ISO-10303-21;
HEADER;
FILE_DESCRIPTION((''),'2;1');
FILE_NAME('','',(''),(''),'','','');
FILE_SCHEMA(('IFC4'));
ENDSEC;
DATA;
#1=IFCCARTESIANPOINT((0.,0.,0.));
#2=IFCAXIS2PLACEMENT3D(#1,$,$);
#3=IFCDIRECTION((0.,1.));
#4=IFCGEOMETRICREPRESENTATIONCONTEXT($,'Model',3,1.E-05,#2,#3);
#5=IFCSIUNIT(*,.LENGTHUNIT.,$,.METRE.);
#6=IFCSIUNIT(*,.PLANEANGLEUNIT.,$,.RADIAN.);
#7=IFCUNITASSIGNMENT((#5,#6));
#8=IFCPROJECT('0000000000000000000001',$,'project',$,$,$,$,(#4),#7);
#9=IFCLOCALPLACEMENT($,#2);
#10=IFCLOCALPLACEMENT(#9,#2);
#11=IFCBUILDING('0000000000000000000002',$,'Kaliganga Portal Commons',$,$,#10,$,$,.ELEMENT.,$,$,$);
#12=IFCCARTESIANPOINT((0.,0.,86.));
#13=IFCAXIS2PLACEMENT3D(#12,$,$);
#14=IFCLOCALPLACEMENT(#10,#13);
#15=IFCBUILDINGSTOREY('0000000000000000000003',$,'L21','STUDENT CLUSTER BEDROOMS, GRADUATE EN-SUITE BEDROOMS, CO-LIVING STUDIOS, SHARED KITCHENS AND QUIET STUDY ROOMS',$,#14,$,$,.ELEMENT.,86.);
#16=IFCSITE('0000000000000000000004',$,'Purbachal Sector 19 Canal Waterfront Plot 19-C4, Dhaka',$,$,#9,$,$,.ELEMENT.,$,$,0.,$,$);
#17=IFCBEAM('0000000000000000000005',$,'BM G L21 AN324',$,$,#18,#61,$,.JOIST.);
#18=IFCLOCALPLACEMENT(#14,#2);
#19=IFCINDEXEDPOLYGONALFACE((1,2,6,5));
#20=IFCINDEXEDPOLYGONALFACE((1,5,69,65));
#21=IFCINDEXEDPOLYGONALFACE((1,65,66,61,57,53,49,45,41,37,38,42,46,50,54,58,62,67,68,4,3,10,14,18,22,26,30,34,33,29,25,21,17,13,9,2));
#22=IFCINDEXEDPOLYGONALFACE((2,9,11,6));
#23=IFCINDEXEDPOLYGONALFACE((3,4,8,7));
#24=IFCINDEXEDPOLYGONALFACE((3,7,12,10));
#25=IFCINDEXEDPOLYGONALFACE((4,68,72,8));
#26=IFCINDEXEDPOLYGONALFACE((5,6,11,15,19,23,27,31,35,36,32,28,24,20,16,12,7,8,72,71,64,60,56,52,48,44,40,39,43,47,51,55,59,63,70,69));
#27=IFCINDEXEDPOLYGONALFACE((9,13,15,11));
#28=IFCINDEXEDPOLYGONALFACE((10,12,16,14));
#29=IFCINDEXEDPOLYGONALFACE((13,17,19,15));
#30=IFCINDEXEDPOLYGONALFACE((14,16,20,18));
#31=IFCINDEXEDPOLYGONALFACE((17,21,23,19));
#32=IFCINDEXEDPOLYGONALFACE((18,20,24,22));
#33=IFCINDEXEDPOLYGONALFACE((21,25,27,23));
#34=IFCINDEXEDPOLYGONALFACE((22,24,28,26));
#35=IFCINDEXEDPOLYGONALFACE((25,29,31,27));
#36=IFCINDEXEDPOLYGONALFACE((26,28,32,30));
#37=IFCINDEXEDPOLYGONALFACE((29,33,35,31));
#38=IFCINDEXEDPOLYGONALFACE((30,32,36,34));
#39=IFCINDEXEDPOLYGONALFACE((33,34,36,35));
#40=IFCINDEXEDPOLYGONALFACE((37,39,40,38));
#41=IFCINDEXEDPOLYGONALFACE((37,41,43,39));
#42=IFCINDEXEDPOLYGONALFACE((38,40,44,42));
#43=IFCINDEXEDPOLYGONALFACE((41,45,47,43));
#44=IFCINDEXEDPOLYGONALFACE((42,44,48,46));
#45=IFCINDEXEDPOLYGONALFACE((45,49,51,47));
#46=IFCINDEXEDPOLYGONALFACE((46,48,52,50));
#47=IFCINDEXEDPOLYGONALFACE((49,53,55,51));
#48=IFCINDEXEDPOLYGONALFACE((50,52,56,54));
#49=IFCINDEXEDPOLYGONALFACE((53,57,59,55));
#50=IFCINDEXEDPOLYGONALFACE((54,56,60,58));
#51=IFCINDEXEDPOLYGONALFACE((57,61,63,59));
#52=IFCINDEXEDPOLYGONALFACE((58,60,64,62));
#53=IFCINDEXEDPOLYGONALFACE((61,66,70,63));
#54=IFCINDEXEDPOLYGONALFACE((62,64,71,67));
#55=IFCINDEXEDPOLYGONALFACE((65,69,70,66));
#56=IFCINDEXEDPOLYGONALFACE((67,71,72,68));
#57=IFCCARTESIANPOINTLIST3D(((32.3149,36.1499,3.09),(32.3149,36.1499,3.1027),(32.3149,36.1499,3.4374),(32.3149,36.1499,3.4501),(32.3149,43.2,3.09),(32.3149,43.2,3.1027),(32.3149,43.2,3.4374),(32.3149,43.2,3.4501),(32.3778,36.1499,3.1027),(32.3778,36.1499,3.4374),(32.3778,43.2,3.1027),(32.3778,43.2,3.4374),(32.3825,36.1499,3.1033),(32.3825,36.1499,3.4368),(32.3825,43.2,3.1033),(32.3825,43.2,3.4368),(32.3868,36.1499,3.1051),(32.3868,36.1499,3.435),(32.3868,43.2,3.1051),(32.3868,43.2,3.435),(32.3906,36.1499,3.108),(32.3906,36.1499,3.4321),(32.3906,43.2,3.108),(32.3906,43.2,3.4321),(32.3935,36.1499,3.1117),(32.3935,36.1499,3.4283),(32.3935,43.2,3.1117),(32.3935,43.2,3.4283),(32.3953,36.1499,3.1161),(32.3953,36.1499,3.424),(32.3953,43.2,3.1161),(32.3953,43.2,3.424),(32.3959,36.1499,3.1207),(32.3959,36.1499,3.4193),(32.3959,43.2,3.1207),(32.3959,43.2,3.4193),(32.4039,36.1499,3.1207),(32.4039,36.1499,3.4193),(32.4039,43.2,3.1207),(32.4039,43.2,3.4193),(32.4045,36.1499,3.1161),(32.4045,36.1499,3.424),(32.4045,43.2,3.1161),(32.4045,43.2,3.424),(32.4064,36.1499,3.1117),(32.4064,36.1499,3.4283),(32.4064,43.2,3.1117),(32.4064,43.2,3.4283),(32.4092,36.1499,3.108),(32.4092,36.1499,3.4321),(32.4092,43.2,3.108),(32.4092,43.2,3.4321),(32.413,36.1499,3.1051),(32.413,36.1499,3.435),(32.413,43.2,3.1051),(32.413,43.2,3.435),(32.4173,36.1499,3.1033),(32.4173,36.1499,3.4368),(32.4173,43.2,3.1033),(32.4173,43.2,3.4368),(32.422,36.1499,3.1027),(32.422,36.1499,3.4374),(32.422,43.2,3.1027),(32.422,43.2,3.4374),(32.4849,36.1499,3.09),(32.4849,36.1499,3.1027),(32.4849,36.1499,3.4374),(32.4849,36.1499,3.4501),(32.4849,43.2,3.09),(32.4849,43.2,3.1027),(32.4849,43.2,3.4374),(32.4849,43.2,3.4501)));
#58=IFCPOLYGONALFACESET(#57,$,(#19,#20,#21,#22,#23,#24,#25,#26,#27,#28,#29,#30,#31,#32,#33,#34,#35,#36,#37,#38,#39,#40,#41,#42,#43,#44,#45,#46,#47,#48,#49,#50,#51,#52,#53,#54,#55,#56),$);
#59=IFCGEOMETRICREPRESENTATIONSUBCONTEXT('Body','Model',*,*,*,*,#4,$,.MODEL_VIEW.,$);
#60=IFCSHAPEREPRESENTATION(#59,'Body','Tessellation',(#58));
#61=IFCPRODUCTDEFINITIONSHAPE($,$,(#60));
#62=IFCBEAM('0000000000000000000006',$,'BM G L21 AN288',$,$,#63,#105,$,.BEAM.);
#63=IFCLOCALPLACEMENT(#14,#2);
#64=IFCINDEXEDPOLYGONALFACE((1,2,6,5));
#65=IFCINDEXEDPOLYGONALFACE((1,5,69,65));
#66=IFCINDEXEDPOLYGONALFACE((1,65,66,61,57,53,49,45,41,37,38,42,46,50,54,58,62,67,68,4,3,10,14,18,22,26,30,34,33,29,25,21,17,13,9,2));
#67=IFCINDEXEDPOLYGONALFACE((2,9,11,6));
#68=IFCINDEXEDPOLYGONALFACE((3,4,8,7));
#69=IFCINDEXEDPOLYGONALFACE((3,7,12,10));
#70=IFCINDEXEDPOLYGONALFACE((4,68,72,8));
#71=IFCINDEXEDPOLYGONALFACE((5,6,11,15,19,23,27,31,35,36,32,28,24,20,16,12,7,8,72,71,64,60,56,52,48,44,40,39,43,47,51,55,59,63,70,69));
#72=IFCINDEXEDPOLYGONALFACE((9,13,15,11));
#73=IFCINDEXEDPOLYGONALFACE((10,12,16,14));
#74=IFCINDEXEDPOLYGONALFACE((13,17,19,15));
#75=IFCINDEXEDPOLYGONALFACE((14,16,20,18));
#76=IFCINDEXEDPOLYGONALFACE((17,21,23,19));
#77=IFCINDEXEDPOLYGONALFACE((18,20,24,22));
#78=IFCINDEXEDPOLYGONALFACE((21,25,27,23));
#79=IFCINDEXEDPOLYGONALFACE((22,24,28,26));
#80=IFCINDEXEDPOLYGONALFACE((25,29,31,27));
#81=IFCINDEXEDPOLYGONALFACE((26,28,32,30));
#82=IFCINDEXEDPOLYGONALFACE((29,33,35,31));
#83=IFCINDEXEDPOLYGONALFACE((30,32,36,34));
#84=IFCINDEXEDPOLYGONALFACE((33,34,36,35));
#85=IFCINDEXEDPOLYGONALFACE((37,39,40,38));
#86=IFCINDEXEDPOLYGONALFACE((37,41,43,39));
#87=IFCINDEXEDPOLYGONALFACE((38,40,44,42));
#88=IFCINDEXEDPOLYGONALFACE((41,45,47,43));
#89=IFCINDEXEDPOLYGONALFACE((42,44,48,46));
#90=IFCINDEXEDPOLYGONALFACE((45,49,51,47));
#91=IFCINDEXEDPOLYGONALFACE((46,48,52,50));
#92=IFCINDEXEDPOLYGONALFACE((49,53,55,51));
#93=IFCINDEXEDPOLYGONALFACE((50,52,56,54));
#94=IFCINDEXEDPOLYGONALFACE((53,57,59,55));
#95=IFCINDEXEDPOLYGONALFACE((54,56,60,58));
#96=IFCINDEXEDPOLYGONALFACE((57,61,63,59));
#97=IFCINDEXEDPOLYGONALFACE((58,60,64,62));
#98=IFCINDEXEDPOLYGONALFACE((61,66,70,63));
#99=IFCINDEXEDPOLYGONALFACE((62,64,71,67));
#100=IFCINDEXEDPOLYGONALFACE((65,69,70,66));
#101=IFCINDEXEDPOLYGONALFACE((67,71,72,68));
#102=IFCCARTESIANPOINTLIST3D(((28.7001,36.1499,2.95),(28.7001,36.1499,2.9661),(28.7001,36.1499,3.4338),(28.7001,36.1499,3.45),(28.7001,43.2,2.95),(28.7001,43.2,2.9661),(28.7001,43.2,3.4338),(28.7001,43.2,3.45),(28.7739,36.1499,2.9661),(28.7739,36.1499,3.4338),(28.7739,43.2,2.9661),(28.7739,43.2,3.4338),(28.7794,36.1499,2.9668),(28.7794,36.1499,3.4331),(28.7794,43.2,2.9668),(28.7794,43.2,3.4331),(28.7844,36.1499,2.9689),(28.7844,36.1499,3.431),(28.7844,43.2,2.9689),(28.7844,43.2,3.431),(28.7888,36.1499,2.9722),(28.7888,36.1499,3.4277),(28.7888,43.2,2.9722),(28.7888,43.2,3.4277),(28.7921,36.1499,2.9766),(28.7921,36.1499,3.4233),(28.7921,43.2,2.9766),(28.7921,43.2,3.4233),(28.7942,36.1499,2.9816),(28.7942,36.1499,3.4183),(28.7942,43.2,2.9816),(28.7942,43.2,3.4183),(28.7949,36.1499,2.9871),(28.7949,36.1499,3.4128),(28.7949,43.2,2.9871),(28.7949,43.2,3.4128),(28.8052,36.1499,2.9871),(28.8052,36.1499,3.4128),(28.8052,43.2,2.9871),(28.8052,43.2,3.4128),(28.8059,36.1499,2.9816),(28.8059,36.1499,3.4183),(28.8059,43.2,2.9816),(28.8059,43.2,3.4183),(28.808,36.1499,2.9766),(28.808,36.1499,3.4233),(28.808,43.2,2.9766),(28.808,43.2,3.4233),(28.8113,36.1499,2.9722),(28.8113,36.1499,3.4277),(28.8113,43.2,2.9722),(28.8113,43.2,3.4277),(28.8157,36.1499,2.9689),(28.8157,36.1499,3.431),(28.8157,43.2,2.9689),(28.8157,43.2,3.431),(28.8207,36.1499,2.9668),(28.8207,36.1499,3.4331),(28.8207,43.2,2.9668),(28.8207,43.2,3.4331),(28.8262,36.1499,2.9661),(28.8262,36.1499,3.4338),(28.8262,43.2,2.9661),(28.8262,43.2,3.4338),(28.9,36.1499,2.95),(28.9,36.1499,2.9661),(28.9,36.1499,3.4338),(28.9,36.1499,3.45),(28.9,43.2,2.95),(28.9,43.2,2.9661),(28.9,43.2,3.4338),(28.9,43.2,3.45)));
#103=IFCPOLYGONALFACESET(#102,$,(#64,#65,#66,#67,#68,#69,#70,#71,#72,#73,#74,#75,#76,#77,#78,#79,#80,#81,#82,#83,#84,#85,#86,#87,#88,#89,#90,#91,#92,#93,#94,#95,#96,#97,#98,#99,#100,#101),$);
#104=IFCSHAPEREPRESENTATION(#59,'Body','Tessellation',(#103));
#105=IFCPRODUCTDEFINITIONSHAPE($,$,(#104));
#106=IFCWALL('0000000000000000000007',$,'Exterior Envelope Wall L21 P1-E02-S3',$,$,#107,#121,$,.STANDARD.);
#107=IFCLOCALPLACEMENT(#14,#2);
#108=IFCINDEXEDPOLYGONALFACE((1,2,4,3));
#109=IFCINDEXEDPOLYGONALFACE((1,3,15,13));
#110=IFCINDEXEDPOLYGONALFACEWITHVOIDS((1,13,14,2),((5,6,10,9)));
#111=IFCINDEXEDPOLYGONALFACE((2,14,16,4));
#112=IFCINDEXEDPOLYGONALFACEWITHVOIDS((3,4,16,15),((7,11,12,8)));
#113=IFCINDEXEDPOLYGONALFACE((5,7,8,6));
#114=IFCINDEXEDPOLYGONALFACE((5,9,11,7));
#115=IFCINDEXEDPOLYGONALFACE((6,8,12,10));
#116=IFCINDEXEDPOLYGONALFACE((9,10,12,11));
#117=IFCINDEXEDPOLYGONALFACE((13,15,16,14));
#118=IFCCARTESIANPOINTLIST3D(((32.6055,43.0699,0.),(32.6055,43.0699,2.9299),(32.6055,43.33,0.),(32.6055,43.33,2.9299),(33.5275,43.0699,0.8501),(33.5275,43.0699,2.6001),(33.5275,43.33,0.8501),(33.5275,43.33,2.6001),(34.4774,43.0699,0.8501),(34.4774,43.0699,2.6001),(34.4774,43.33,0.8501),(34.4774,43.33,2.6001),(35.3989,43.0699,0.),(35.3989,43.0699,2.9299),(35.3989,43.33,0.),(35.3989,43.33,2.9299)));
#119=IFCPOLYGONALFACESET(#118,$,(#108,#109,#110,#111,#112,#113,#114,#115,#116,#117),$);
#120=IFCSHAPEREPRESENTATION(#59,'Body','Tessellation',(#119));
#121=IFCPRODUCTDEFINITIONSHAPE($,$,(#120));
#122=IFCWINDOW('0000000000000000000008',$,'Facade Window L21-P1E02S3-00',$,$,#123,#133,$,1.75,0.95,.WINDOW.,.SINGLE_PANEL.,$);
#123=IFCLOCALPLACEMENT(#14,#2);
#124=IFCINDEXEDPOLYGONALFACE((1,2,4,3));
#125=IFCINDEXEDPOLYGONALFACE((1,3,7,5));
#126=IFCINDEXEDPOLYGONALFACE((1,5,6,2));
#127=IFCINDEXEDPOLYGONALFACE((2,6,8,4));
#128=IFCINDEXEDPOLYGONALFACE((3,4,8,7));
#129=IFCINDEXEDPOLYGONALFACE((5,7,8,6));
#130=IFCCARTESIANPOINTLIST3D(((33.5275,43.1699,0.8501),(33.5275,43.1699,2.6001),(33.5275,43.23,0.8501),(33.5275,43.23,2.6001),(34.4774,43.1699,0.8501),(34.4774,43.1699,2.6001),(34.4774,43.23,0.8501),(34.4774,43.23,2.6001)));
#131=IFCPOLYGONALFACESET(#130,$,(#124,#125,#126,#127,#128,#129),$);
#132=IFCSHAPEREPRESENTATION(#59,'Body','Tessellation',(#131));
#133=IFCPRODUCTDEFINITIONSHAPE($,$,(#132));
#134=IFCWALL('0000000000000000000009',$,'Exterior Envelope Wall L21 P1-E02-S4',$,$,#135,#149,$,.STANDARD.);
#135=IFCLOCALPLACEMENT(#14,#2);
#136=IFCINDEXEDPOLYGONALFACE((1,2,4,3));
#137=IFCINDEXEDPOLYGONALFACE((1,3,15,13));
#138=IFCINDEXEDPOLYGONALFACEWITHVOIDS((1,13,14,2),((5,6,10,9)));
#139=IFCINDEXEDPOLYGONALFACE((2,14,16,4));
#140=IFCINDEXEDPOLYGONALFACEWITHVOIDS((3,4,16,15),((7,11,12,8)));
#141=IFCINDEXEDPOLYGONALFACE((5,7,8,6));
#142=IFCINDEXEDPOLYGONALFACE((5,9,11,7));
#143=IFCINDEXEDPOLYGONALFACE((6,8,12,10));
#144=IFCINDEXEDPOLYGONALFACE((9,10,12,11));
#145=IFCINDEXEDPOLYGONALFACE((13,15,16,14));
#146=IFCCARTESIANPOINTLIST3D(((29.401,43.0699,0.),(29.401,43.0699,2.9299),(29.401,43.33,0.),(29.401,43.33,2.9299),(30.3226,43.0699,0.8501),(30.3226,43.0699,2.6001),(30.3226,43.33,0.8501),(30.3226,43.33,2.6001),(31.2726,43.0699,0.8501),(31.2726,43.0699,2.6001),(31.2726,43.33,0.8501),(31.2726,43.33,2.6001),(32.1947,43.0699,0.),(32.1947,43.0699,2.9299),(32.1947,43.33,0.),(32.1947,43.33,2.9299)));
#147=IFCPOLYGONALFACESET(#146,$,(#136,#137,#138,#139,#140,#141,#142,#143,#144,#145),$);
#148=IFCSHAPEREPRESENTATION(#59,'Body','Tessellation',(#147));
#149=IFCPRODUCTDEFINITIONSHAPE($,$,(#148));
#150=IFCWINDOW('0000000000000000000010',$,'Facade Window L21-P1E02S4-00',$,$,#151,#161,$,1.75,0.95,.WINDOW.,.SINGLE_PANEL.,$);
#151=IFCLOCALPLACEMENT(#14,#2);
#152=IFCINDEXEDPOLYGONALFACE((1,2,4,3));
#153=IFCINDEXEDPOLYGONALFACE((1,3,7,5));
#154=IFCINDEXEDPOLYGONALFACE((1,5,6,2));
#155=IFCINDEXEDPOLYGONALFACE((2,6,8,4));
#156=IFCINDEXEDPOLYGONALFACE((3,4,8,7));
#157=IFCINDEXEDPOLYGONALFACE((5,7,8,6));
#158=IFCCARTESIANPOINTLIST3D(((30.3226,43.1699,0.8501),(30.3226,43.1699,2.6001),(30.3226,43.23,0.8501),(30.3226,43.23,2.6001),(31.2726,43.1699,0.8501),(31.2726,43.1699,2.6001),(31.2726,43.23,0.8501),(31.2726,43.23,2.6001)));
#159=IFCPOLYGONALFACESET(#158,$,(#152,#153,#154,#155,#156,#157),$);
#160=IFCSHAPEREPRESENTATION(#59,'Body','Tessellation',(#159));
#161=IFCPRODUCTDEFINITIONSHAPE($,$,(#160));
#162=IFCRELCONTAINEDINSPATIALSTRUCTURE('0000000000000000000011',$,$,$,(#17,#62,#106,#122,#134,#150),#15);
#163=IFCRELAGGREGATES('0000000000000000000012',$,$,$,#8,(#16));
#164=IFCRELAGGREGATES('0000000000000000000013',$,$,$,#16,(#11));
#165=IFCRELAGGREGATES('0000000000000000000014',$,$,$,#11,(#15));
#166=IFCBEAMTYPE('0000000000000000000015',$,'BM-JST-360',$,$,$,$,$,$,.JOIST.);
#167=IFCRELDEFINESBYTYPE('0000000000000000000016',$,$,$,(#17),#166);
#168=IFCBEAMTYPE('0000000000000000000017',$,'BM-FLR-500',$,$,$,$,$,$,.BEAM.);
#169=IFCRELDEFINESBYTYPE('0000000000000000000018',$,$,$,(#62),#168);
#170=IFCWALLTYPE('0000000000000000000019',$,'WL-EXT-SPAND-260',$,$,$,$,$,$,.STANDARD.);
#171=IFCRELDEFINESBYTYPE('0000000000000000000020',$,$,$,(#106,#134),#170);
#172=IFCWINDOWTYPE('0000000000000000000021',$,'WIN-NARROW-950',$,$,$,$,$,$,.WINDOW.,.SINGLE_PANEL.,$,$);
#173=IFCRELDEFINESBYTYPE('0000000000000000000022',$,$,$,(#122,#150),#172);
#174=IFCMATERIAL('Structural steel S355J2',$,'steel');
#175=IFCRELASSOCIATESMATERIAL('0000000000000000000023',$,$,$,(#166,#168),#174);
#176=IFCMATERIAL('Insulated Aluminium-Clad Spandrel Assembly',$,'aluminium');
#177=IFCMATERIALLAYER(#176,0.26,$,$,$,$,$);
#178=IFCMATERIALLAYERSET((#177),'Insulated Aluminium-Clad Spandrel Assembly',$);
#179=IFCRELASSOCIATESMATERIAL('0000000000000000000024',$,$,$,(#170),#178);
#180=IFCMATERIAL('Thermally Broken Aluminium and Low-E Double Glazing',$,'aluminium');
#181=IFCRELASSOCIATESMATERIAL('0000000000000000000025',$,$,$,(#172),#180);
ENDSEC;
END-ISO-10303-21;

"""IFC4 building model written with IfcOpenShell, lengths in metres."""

from ifc_helpers import new_model, si_unit, direction, frame, frame_2d, origin, origin_2d, place, context, subcontext, project, spatial, rectangle, i_section, extrude, source, transform, mapped, material, layer, layer_set, material_profile, profile_set, type_object, element, fill, save


model = new_model("IFC4")

# Units and contexts
model_context = context("Model", 3, precision=1e-05, world=origin(), true_north=direction((0.0, 1.0)))
body_context = subcontext(model_context, "Body", "Model", "MODEL_VIEW")
ifc_project = project(units=[si_unit("LENGTHUNIT", "METRE"), si_unit("PLANEANGLEUNIT", "RADIAN")], contexts=[model_context])

# Site, building, storey
site_placement = place(None, origin())
site = spatial("IfcSite", under=ifc_project, at=site_placement, Name="Purbachal Sector 19 Canal Waterfront Plot 19-C4, Dhaka", CompositionType="ELEMENT", RefElevation=0.0)
building_placement = place(site_placement, origin())
building = spatial("IfcBuilding", under=site, at=building_placement, Name="Kaliganga Portal Commons", CompositionType="ELEMENT")
storey_placement = place(building_placement, frame((0.0, 0.0, 86.0)))
storey = spatial("IfcBuildingStorey", under=building, at=storey_placement, Name="L21", Description="STUDENT CLUSTER BEDROOMS, GRADUATE EN-SUITE BEDROOMS, CO-LIVING STUDIOS, SHARED KITCHENS AND QUIET STUDY ROOMS", CompositionType="ELEMENT", Elevation=86.0)

# Beams
ifc_material_1 = material(Name="Structural steel S355J2", Category="steel")
ifc_material_profile_1 = material_profile(ifc_material_1, i_section(OverallWidth=0.1699, OverallDepth=0.3601, WebThickness=0.0081, FlangeThickness=0.0127, FilletRadius=0.0181, at=origin_2d()), Name="IPE 360")
ifc_profile_set_1 = profile_set([ifc_material_profile_1], Name="Structural steel S355J2 wide-flange")
beam_type_1 = type_object("IfcBeamType", Name="BM-JST-360", PredefinedType="JOIST", material=ifc_profile_set_1)
shared_shape_1 = source(origin(), body_context, "Body", "SweptSolid", [
    extrude(i_section(OverallWidth=0.1699, OverallDepth=0.3601, WebThickness=0.0081, FlangeThickness=0.0127, FilletRadius=0.0181, at=origin_2d()), origin(), (0.0, 0.0, 1.0), 7.05),
])
beam_1_placement = place(storey_placement, frame((32.3999, 36.1499, 3.27), z_axis=(0.0, 1.0, 0.0), x_axis=(-1.0, 0.0, 0.0)))
element("IfcBeam", 1, at=beam_1_placement, inside=storey, type_object=beam_type_1, Name="BM G L21 AN324", PredefinedType="JOIST", context=body_context, shape_type="MappedRepresentation", body=[
    mapped(shared_shape_1, transform((0.0, 0.0, 0.0), x_axis=(1.0, 0.0, 0.0), y_axis=(0.0, 1.0, 0.0), z_axis=(0.0, 0.0, 1.0), scale=1.0)),
])
ifc_material_profile_2 = material_profile(ifc_material_1, i_section(OverallWidth=0.2, OverallDepth=0.5, WebThickness=0.0103, FlangeThickness=0.0161, FilletRadius=0.021, at=origin_2d()), Name="IPE 500")
ifc_profile_set_2 = profile_set([ifc_material_profile_2], Name="Structural steel S355J2 wide-flange")
beam_type_2 = type_object("IfcBeamType", Name="BM-FLR-500", PredefinedType="BEAM", material=ifc_profile_set_2)
shared_shape_2 = source(origin(), body_context, "Body", "SweptSolid", [
    extrude(i_section(OverallWidth=0.2, OverallDepth=0.5, WebThickness=0.0103, FlangeThickness=0.0161, FilletRadius=0.021, at=origin_2d()), origin(), (0.0, 0.0, 1.0), 7.05),
])
beam_2_placement = place(storey_placement, frame((28.8, 36.1499, 3.2), z_axis=(0.0, 1.0, 0.0), x_axis=(-1.0, 0.0, 0.0)))
element("IfcBeam", 2, at=beam_2_placement, inside=storey, type_object=beam_type_2, Name="BM G L21 AN288", PredefinedType="BEAM", context=body_context, shape_type="MappedRepresentation", body=[
    mapped(shared_shape_2, transform((0.0, 0.0, 0.0), x_axis=(1.0, 0.0, 0.0), y_axis=(0.0, 1.0, 0.0), z_axis=(0.0, 0.0, 1.0), scale=1.0)),
])

# Walls, openings, windows
ifc_material_2 = material(Name="Insulated Aluminium-Clad Spandrel Assembly", Category="aluminium")
ifc_layer_1 = layer(ifc_material_2, 0.26)
ifc_layer_set_1 = layer_set([ifc_layer_1], Name="Insulated Aluminium-Clad Spandrel Assembly")
wall_type_1 = type_object("IfcWallType", Name="WL-EXT-SPAND-260", PredefinedType="STANDARD", material=ifc_layer_set_1)
wall_1_placement = place(storey_placement, frame((32.6055, 43.2, 0.0), z_axis=(0.0, 0.0, 1.0), x_axis=(1.0, 0.0, 0.0)))
wall_1 = element("IfcWall", 3, at=wall_1_placement, inside=storey, type_object=wall_type_1, Name="Exterior Envelope Wall L21 P1-E02-S3", PredefinedType="STANDARD", context=body_context, shape_type="SweptSolid", body=[
    extrude(rectangle(XDim=2.7935, YDim=0.26, at=frame_2d((1.3967, 0.0))), origin(), (0.0, 0.0, 1.0), 2.9299),
])
opening_1_placement = place(wall_1_placement, frame((0.9219, 0.0, 0.8501)))
opening_1 = element("IfcOpeningElement", 4, at=opening_1_placement, cuts=wall_1, PredefinedType="OPENING", context=body_context, shape_type="SweptSolid", body=[
    extrude(rectangle(XDim=0.95, YDim=1.75, at=frame_2d((0.4751, 0.875))), frame((0.0, 0.1401, 0.0), z_axis=(0.0, -1.0, 0.0), x_axis=(1.0, 0.0, 0.0)), (0.0, 0.0, 1.0), 0.28),
])
ifc_material_3 = material(Name="Thermally Broken Aluminium and Low-E Double Glazing", Category="aluminium")
window_type = type_object("IfcWindowType", Name="WIN-NARROW-950", PartitioningType="SINGLE_PANEL", PredefinedType="WINDOW", material=ifc_material_3)
window_1_placement = place(opening_1_placement, origin())
window_1 = element("IfcWindow", 5, at=window_1_placement, inside=storey, type_object=window_type, Name="Facade Window L21-P1E02S3-00", OverallHeight=1.75, OverallWidth=0.95, PartitioningType="SINGLE_PANEL", PredefinedType="WINDOW", context=body_context, shape_type="SweptSolid", body=[
    extrude(rectangle(XDim=0.95, YDim=1.75, at=frame_2d((0.4751, 0.875))), frame((0.0, 0.03, 0.0), z_axis=(0.0, -1.0, 0.0), x_axis=(1.0, 0.0, 0.0)), (0.0, 0.0, 1.0), 0.0601),
])
fill(opening_1, window_1)
wall_2_placement = place(storey_placement, frame((29.4009, 43.2, 0.0), z_axis=(0.0, 0.0, 1.0), x_axis=(1.0, 0.0, 0.0)))
wall_2 = element("IfcWall", 6, at=wall_2_placement, inside=storey, type_object=wall_type_1, Name="Exterior Envelope Wall L21 P1-E02-S4", PredefinedType="STANDARD", context=body_context, shape_type="SweptSolid", body=[
    extrude(rectangle(XDim=2.7937, YDim=0.26, at=frame_2d((1.397, 0.0))), origin(), (0.0, 0.0, 1.0), 2.9299),
])
opening_2_placement = place(wall_2_placement, frame((0.9216, 0.0, 0.8501)))
opening_2 = element("IfcOpeningElement", 7, at=opening_2_placement, cuts=wall_2, PredefinedType="OPENING", context=body_context, shape_type="SweptSolid", body=[
    extrude(rectangle(XDim=0.95, YDim=1.75, at=frame_2d((0.4751, 0.875))), frame((0.0, 0.1401, 0.0), z_axis=(0.0, -1.0, 0.0), x_axis=(1.0, 0.0, 0.0)), (0.0, 0.0, 1.0), 0.28),
])
window_2_placement = place(opening_2_placement, origin())
window_2 = element("IfcWindow", 8, at=window_2_placement, inside=storey, type_object=window_type, Name="Facade Window L21-P1E02S4-00", OverallHeight=1.75, OverallWidth=0.95, PartitioningType="SINGLE_PANEL", PredefinedType="WINDOW", context=body_context, shape_type="SweptSolid", body=[
    extrude(rectangle(XDim=0.95, YDim=1.75, at=frame_2d((0.4751, 0.875))), frame((0.0, 0.03, 0.0), z_axis=(0.0, -1.0, 0.0), x_axis=(1.0, 0.0, 0.0)), (0.0, 0.0, 1.0), 0.0601),
])
fill(opening_2, window_2)

save(model, "model.ifc")
